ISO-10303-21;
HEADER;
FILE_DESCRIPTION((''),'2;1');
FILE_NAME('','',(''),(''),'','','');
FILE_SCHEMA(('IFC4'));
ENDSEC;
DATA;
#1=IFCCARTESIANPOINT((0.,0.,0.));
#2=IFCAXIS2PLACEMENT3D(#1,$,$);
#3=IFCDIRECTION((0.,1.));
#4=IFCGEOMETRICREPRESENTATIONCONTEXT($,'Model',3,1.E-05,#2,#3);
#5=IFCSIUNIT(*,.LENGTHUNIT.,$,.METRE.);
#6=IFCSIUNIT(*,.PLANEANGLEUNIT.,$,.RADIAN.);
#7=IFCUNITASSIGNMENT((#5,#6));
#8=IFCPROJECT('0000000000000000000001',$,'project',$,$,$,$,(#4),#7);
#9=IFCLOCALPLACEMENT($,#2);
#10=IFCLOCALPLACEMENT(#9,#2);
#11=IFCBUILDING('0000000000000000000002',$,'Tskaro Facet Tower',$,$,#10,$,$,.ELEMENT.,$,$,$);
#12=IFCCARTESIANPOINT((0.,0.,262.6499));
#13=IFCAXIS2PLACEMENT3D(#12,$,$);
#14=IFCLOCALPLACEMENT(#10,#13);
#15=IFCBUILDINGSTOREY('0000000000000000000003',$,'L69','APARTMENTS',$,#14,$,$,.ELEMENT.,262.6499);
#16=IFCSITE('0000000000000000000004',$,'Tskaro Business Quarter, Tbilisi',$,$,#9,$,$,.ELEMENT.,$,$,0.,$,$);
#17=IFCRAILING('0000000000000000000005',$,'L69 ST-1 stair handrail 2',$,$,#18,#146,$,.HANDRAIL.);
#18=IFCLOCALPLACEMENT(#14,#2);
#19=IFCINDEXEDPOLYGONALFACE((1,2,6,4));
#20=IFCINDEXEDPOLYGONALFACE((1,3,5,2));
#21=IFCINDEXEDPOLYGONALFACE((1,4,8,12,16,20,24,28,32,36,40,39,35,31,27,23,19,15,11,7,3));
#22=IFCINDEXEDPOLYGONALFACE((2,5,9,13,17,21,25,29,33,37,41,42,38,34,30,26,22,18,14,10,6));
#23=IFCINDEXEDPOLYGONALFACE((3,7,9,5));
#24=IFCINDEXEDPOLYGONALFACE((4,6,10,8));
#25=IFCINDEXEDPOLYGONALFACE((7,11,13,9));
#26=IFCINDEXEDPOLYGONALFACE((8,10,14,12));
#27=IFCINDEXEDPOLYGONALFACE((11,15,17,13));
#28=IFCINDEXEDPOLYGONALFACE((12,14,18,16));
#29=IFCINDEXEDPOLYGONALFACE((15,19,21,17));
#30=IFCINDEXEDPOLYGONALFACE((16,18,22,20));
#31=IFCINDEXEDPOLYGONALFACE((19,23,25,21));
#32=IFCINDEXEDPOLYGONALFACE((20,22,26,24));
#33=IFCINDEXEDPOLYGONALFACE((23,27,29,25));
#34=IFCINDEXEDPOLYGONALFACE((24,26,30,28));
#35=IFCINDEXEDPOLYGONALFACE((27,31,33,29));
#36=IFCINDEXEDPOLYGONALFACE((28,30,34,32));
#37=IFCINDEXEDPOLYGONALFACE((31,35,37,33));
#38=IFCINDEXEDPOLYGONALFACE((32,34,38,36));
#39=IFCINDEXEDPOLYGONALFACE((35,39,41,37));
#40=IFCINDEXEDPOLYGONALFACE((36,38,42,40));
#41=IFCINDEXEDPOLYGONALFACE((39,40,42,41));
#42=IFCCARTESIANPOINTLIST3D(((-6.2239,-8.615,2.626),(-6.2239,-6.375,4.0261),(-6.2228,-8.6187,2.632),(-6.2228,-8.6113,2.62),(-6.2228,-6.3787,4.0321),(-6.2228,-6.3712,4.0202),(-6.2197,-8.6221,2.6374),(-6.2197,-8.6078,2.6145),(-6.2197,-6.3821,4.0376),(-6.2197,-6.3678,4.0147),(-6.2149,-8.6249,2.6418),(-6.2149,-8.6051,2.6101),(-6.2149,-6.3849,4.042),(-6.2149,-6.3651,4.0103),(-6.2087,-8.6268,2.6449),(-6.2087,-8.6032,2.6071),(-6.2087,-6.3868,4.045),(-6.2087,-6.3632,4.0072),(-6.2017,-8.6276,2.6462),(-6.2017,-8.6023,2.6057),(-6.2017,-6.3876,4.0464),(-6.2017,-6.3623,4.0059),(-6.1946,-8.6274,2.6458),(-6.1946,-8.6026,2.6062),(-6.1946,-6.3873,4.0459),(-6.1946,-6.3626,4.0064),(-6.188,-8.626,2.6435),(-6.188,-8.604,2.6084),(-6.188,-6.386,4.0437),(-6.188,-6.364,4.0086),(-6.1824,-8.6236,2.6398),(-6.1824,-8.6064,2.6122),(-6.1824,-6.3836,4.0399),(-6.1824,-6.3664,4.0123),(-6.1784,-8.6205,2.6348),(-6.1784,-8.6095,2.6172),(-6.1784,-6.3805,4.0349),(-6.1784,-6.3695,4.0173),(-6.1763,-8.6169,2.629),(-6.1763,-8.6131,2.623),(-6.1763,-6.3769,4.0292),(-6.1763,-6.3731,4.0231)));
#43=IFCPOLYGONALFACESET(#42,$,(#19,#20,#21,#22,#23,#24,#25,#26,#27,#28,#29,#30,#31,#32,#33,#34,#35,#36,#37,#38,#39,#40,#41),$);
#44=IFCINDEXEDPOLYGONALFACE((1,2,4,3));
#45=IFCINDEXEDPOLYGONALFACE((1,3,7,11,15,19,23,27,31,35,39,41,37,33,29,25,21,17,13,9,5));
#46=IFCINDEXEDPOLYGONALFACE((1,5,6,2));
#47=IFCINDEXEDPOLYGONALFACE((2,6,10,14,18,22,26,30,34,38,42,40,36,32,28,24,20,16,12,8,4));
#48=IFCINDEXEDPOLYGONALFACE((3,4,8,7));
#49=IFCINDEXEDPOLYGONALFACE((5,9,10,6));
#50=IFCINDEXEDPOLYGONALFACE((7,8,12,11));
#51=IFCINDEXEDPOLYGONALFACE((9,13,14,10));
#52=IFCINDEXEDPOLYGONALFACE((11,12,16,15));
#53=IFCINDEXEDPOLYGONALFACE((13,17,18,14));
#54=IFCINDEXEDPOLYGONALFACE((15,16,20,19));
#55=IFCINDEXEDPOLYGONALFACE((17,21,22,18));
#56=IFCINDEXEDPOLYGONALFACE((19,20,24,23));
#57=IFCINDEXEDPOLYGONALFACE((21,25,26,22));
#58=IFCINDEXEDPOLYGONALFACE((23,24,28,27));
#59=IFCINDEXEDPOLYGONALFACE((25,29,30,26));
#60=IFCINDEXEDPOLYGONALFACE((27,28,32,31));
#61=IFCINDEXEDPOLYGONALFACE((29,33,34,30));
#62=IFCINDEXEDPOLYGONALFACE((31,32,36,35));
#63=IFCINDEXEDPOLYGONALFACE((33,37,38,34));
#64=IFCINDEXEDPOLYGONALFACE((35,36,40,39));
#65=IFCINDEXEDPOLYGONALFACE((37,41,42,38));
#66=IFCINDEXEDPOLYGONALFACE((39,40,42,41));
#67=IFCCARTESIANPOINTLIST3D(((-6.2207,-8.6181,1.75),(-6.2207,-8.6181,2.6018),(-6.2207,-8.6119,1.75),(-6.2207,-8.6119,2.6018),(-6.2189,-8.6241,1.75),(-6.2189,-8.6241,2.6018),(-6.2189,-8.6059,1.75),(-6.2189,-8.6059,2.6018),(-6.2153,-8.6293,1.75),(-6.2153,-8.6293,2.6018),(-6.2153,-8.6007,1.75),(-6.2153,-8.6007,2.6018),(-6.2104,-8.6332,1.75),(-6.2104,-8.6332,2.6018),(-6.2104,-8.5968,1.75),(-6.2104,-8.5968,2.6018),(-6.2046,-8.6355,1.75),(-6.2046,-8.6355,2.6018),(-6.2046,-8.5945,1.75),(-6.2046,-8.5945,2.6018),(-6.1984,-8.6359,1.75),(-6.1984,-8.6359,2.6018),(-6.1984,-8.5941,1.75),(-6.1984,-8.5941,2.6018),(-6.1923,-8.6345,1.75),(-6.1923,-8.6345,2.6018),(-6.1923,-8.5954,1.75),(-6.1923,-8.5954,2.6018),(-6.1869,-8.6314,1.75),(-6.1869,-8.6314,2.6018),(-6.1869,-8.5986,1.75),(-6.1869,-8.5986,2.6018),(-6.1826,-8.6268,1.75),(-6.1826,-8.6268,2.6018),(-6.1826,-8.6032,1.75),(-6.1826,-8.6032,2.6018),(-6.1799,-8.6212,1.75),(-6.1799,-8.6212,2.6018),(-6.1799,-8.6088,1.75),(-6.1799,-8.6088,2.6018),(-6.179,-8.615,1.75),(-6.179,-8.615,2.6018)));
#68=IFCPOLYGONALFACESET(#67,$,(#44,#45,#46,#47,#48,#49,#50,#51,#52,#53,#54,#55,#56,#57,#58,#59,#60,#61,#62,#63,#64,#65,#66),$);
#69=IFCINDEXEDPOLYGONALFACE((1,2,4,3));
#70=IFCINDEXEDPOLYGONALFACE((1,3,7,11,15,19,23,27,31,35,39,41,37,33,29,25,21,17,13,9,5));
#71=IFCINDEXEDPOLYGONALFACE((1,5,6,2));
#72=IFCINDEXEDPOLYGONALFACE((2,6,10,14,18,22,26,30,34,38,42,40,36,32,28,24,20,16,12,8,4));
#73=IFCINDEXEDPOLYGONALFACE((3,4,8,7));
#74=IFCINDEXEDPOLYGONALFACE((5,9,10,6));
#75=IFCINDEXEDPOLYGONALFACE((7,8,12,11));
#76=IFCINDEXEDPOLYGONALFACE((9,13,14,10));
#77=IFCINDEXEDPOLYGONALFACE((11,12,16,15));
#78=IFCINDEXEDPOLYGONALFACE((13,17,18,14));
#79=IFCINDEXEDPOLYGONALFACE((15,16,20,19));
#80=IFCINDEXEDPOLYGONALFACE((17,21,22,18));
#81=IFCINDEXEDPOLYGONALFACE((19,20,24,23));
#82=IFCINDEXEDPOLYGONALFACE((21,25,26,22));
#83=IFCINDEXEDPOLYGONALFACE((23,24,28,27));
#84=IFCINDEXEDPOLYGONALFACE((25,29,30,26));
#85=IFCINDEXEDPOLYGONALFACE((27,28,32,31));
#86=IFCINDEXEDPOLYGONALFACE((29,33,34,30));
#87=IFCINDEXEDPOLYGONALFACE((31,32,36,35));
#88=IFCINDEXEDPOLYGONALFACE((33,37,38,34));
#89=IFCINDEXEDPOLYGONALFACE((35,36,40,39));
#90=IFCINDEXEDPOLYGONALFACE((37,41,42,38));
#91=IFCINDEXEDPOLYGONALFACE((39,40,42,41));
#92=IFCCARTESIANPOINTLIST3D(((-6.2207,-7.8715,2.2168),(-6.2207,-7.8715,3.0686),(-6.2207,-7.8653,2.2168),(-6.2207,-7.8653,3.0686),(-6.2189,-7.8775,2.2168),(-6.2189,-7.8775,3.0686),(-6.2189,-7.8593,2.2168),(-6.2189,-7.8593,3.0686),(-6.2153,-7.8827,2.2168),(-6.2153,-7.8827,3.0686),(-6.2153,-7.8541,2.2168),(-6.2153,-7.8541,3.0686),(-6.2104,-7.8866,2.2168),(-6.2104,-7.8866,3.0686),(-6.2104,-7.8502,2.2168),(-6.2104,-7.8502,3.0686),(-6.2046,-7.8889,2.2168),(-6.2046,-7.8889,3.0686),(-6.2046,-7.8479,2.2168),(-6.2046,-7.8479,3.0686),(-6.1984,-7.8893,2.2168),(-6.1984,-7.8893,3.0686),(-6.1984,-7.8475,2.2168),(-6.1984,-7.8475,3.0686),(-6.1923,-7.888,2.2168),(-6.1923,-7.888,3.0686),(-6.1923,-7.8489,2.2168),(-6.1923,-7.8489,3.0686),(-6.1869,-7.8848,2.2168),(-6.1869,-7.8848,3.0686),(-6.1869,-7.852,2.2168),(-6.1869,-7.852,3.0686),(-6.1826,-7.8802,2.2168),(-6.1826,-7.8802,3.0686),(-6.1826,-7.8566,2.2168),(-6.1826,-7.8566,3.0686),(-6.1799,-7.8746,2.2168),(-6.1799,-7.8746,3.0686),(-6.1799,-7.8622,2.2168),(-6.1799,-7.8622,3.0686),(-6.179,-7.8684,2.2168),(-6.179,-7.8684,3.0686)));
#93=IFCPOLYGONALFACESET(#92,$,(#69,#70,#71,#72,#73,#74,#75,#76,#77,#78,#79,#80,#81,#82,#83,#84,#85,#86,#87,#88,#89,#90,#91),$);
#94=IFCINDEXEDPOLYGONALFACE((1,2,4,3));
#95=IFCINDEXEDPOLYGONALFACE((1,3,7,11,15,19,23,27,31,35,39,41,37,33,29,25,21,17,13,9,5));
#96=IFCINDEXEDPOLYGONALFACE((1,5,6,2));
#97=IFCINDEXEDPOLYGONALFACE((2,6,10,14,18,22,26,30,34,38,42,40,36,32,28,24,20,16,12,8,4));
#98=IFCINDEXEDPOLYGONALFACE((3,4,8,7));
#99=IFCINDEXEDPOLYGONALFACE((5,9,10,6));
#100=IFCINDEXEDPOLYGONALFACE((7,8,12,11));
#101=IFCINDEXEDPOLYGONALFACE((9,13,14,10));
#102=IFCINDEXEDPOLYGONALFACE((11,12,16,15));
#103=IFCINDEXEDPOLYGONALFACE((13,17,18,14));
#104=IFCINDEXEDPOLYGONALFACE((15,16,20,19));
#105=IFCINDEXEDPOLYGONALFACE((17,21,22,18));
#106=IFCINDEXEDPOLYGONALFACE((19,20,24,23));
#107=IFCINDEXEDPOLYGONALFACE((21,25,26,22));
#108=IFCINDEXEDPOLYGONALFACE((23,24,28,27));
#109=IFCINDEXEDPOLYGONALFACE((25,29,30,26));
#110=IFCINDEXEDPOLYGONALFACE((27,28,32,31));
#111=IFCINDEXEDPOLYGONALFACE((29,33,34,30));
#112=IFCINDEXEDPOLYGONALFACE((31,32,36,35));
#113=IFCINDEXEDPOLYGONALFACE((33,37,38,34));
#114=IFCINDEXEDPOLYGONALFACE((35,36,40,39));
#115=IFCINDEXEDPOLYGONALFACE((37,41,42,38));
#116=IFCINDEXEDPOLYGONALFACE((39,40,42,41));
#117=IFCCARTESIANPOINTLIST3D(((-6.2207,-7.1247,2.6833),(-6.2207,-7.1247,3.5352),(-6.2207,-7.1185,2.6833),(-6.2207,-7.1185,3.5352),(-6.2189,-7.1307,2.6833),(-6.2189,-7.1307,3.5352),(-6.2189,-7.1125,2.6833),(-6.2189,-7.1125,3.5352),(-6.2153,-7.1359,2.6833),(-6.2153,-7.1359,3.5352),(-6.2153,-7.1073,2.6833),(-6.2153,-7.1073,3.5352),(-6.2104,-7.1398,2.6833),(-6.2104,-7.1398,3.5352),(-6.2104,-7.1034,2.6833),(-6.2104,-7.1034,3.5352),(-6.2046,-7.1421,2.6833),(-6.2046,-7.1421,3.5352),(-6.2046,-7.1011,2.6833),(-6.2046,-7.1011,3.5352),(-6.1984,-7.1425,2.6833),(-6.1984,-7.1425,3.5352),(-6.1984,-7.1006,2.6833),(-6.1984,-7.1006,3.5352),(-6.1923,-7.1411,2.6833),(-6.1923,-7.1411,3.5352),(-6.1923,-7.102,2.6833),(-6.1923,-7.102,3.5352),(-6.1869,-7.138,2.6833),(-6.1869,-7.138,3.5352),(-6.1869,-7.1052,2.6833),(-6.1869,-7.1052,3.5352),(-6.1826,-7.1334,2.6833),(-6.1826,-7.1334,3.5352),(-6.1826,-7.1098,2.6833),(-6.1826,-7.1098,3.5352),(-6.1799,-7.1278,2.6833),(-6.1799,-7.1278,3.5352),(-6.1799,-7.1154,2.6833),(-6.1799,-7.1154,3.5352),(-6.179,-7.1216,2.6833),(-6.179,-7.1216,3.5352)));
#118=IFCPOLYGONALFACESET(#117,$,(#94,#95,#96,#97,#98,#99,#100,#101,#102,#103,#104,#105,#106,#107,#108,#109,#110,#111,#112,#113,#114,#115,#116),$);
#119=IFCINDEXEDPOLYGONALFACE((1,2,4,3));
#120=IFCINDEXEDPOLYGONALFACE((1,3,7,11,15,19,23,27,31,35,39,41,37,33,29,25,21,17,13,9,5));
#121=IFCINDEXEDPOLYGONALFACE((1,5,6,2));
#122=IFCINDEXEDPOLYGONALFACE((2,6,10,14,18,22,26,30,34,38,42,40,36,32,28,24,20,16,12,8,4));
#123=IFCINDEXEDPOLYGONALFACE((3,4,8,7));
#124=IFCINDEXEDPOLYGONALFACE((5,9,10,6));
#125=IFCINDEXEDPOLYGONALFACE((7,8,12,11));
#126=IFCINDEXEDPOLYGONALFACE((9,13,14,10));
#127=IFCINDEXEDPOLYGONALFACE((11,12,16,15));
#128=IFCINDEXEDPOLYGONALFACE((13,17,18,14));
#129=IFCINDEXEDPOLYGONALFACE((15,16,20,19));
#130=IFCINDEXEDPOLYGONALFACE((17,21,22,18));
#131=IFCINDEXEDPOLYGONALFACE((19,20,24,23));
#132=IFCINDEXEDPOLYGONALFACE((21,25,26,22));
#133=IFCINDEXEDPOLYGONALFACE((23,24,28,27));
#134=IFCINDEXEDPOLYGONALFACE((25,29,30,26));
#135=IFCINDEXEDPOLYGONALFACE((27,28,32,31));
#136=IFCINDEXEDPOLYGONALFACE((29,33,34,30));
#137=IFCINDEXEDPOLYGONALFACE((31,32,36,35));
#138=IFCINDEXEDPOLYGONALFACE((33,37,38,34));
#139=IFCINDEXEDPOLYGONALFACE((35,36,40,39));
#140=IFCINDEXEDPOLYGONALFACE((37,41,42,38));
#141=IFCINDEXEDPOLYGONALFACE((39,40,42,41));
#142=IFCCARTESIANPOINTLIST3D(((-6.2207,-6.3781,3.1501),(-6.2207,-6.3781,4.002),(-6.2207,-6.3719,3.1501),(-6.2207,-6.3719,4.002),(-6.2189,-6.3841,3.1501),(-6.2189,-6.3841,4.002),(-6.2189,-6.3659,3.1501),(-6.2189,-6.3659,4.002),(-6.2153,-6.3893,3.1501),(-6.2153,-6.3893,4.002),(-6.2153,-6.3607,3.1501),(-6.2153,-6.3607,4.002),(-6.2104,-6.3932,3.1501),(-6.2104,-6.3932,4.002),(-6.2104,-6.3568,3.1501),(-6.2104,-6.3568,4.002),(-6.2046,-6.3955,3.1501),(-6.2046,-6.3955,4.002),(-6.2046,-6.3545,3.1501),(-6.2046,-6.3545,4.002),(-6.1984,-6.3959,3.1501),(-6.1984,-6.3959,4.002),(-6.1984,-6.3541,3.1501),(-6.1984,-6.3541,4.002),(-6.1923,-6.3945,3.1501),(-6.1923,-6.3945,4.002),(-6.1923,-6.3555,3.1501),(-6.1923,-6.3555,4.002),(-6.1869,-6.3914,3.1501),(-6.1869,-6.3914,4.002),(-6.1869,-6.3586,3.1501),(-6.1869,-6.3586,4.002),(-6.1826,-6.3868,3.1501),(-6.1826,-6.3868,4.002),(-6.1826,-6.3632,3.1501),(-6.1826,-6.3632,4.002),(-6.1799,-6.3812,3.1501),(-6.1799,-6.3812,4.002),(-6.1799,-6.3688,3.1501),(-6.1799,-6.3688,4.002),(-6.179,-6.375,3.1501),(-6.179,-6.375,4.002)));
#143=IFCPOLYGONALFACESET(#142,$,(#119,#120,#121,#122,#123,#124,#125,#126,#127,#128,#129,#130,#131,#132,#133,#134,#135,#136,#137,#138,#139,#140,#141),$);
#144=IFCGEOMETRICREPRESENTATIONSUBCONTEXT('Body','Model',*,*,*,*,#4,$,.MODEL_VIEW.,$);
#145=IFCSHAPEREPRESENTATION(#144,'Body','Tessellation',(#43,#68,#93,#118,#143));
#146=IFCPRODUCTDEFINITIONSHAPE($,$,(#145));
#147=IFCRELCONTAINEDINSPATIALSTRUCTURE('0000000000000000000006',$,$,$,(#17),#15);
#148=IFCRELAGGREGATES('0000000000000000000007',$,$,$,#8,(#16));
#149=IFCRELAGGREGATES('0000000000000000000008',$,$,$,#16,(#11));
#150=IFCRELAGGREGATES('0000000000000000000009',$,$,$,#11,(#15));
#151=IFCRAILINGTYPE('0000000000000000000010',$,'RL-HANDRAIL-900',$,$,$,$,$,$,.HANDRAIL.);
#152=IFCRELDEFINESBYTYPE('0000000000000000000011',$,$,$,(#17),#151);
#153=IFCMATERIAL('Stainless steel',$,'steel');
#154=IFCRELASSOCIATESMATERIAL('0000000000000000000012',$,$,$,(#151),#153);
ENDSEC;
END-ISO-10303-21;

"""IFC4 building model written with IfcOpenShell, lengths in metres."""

from ifc_helpers import new_model, si_unit, direction, frame, origin, origin_2d, place, context, subcontext, project, spatial, circle, extrude, material, type_object, element, save


model = new_model("IFC4")

# Units and contexts
model_context = context("Model", 3, precision=1e-05, world=origin(), true_north=direction((0.0, 1.0)))
body_context = subcontext(model_context, "Body", "Model", "MODEL_VIEW")
ifc_project = project(units=[si_unit("LENGTHUNIT", "METRE"), si_unit("PLANEANGLEUNIT", "RADIAN")], contexts=[model_context])

# Site, building, storey
site_placement = place(None, origin())
site = spatial("IfcSite", under=ifc_project, at=site_placement, Name="Tskaro Business Quarter, Tbilisi", CompositionType="ELEMENT", RefElevation=0.0)
building_placement = place(site_placement, origin())
building = spatial("IfcBuilding", under=site, at=building_placement, Name="Tskaro Facet Tower", CompositionType="ELEMENT")
storey_placement = place(building_placement, frame((0.0, 0.0, 262.6499)))
storey = spatial("IfcBuildingStorey", under=building, at=storey_placement, Name="L69", Description="APARTMENTS", CompositionType="ELEMENT", Elevation=262.6499)

# Shared definitions
ifc_material_1 = material(Name="Stainless steel", Category="steel")

# Railing
railing_type_1 = type_object("IfcRailingType", Name="RL-HANDRAIL-900", PredefinedType="HANDRAIL", material=ifc_material_1)
railing_1_placement = place(storey_placement, frame((-6.2, -8.615, 1.75)))
element("IfcRailing", 1, at=railing_1_placement, inside=storey, type_object=railing_type_1, Name="L69 ST-1 stair handrail 2", PredefinedType="HANDRAIL", context=body_context, shape_type="SweptSolid", body=[
    extrude(circle(Radius=0.0239, at=origin_2d()), frame((0.0, 0.0, 0.876), z_axis=(0.0, 0.847972, 0.53004), x_axis=(-1.0, 0.0, 0.0)), (0.0, 0.0, 1.0), 2.6416),
    extrude(circle(Radius=0.021, at=origin_2d()), origin(), (0.0, 0.0, 1.0), 0.8518),
    extrude(circle(Radius=0.021, at=origin_2d()), frame((0.0, 0.7466, 0.4668)), (0.0, 0.0, 1.0), 0.8518),
    extrude(circle(Radius=0.021, at=origin_2d()), frame((0.0, 1.4934, 0.9333)), (0.0, 0.0, 1.0), 0.8518),
    extrude(circle(Radius=0.021, at=origin_2d()), frame((0.0, 2.24, 1.4001)), (0.0, 0.0, 1.0), 0.8518),
])

save(model, "model.ifc")
